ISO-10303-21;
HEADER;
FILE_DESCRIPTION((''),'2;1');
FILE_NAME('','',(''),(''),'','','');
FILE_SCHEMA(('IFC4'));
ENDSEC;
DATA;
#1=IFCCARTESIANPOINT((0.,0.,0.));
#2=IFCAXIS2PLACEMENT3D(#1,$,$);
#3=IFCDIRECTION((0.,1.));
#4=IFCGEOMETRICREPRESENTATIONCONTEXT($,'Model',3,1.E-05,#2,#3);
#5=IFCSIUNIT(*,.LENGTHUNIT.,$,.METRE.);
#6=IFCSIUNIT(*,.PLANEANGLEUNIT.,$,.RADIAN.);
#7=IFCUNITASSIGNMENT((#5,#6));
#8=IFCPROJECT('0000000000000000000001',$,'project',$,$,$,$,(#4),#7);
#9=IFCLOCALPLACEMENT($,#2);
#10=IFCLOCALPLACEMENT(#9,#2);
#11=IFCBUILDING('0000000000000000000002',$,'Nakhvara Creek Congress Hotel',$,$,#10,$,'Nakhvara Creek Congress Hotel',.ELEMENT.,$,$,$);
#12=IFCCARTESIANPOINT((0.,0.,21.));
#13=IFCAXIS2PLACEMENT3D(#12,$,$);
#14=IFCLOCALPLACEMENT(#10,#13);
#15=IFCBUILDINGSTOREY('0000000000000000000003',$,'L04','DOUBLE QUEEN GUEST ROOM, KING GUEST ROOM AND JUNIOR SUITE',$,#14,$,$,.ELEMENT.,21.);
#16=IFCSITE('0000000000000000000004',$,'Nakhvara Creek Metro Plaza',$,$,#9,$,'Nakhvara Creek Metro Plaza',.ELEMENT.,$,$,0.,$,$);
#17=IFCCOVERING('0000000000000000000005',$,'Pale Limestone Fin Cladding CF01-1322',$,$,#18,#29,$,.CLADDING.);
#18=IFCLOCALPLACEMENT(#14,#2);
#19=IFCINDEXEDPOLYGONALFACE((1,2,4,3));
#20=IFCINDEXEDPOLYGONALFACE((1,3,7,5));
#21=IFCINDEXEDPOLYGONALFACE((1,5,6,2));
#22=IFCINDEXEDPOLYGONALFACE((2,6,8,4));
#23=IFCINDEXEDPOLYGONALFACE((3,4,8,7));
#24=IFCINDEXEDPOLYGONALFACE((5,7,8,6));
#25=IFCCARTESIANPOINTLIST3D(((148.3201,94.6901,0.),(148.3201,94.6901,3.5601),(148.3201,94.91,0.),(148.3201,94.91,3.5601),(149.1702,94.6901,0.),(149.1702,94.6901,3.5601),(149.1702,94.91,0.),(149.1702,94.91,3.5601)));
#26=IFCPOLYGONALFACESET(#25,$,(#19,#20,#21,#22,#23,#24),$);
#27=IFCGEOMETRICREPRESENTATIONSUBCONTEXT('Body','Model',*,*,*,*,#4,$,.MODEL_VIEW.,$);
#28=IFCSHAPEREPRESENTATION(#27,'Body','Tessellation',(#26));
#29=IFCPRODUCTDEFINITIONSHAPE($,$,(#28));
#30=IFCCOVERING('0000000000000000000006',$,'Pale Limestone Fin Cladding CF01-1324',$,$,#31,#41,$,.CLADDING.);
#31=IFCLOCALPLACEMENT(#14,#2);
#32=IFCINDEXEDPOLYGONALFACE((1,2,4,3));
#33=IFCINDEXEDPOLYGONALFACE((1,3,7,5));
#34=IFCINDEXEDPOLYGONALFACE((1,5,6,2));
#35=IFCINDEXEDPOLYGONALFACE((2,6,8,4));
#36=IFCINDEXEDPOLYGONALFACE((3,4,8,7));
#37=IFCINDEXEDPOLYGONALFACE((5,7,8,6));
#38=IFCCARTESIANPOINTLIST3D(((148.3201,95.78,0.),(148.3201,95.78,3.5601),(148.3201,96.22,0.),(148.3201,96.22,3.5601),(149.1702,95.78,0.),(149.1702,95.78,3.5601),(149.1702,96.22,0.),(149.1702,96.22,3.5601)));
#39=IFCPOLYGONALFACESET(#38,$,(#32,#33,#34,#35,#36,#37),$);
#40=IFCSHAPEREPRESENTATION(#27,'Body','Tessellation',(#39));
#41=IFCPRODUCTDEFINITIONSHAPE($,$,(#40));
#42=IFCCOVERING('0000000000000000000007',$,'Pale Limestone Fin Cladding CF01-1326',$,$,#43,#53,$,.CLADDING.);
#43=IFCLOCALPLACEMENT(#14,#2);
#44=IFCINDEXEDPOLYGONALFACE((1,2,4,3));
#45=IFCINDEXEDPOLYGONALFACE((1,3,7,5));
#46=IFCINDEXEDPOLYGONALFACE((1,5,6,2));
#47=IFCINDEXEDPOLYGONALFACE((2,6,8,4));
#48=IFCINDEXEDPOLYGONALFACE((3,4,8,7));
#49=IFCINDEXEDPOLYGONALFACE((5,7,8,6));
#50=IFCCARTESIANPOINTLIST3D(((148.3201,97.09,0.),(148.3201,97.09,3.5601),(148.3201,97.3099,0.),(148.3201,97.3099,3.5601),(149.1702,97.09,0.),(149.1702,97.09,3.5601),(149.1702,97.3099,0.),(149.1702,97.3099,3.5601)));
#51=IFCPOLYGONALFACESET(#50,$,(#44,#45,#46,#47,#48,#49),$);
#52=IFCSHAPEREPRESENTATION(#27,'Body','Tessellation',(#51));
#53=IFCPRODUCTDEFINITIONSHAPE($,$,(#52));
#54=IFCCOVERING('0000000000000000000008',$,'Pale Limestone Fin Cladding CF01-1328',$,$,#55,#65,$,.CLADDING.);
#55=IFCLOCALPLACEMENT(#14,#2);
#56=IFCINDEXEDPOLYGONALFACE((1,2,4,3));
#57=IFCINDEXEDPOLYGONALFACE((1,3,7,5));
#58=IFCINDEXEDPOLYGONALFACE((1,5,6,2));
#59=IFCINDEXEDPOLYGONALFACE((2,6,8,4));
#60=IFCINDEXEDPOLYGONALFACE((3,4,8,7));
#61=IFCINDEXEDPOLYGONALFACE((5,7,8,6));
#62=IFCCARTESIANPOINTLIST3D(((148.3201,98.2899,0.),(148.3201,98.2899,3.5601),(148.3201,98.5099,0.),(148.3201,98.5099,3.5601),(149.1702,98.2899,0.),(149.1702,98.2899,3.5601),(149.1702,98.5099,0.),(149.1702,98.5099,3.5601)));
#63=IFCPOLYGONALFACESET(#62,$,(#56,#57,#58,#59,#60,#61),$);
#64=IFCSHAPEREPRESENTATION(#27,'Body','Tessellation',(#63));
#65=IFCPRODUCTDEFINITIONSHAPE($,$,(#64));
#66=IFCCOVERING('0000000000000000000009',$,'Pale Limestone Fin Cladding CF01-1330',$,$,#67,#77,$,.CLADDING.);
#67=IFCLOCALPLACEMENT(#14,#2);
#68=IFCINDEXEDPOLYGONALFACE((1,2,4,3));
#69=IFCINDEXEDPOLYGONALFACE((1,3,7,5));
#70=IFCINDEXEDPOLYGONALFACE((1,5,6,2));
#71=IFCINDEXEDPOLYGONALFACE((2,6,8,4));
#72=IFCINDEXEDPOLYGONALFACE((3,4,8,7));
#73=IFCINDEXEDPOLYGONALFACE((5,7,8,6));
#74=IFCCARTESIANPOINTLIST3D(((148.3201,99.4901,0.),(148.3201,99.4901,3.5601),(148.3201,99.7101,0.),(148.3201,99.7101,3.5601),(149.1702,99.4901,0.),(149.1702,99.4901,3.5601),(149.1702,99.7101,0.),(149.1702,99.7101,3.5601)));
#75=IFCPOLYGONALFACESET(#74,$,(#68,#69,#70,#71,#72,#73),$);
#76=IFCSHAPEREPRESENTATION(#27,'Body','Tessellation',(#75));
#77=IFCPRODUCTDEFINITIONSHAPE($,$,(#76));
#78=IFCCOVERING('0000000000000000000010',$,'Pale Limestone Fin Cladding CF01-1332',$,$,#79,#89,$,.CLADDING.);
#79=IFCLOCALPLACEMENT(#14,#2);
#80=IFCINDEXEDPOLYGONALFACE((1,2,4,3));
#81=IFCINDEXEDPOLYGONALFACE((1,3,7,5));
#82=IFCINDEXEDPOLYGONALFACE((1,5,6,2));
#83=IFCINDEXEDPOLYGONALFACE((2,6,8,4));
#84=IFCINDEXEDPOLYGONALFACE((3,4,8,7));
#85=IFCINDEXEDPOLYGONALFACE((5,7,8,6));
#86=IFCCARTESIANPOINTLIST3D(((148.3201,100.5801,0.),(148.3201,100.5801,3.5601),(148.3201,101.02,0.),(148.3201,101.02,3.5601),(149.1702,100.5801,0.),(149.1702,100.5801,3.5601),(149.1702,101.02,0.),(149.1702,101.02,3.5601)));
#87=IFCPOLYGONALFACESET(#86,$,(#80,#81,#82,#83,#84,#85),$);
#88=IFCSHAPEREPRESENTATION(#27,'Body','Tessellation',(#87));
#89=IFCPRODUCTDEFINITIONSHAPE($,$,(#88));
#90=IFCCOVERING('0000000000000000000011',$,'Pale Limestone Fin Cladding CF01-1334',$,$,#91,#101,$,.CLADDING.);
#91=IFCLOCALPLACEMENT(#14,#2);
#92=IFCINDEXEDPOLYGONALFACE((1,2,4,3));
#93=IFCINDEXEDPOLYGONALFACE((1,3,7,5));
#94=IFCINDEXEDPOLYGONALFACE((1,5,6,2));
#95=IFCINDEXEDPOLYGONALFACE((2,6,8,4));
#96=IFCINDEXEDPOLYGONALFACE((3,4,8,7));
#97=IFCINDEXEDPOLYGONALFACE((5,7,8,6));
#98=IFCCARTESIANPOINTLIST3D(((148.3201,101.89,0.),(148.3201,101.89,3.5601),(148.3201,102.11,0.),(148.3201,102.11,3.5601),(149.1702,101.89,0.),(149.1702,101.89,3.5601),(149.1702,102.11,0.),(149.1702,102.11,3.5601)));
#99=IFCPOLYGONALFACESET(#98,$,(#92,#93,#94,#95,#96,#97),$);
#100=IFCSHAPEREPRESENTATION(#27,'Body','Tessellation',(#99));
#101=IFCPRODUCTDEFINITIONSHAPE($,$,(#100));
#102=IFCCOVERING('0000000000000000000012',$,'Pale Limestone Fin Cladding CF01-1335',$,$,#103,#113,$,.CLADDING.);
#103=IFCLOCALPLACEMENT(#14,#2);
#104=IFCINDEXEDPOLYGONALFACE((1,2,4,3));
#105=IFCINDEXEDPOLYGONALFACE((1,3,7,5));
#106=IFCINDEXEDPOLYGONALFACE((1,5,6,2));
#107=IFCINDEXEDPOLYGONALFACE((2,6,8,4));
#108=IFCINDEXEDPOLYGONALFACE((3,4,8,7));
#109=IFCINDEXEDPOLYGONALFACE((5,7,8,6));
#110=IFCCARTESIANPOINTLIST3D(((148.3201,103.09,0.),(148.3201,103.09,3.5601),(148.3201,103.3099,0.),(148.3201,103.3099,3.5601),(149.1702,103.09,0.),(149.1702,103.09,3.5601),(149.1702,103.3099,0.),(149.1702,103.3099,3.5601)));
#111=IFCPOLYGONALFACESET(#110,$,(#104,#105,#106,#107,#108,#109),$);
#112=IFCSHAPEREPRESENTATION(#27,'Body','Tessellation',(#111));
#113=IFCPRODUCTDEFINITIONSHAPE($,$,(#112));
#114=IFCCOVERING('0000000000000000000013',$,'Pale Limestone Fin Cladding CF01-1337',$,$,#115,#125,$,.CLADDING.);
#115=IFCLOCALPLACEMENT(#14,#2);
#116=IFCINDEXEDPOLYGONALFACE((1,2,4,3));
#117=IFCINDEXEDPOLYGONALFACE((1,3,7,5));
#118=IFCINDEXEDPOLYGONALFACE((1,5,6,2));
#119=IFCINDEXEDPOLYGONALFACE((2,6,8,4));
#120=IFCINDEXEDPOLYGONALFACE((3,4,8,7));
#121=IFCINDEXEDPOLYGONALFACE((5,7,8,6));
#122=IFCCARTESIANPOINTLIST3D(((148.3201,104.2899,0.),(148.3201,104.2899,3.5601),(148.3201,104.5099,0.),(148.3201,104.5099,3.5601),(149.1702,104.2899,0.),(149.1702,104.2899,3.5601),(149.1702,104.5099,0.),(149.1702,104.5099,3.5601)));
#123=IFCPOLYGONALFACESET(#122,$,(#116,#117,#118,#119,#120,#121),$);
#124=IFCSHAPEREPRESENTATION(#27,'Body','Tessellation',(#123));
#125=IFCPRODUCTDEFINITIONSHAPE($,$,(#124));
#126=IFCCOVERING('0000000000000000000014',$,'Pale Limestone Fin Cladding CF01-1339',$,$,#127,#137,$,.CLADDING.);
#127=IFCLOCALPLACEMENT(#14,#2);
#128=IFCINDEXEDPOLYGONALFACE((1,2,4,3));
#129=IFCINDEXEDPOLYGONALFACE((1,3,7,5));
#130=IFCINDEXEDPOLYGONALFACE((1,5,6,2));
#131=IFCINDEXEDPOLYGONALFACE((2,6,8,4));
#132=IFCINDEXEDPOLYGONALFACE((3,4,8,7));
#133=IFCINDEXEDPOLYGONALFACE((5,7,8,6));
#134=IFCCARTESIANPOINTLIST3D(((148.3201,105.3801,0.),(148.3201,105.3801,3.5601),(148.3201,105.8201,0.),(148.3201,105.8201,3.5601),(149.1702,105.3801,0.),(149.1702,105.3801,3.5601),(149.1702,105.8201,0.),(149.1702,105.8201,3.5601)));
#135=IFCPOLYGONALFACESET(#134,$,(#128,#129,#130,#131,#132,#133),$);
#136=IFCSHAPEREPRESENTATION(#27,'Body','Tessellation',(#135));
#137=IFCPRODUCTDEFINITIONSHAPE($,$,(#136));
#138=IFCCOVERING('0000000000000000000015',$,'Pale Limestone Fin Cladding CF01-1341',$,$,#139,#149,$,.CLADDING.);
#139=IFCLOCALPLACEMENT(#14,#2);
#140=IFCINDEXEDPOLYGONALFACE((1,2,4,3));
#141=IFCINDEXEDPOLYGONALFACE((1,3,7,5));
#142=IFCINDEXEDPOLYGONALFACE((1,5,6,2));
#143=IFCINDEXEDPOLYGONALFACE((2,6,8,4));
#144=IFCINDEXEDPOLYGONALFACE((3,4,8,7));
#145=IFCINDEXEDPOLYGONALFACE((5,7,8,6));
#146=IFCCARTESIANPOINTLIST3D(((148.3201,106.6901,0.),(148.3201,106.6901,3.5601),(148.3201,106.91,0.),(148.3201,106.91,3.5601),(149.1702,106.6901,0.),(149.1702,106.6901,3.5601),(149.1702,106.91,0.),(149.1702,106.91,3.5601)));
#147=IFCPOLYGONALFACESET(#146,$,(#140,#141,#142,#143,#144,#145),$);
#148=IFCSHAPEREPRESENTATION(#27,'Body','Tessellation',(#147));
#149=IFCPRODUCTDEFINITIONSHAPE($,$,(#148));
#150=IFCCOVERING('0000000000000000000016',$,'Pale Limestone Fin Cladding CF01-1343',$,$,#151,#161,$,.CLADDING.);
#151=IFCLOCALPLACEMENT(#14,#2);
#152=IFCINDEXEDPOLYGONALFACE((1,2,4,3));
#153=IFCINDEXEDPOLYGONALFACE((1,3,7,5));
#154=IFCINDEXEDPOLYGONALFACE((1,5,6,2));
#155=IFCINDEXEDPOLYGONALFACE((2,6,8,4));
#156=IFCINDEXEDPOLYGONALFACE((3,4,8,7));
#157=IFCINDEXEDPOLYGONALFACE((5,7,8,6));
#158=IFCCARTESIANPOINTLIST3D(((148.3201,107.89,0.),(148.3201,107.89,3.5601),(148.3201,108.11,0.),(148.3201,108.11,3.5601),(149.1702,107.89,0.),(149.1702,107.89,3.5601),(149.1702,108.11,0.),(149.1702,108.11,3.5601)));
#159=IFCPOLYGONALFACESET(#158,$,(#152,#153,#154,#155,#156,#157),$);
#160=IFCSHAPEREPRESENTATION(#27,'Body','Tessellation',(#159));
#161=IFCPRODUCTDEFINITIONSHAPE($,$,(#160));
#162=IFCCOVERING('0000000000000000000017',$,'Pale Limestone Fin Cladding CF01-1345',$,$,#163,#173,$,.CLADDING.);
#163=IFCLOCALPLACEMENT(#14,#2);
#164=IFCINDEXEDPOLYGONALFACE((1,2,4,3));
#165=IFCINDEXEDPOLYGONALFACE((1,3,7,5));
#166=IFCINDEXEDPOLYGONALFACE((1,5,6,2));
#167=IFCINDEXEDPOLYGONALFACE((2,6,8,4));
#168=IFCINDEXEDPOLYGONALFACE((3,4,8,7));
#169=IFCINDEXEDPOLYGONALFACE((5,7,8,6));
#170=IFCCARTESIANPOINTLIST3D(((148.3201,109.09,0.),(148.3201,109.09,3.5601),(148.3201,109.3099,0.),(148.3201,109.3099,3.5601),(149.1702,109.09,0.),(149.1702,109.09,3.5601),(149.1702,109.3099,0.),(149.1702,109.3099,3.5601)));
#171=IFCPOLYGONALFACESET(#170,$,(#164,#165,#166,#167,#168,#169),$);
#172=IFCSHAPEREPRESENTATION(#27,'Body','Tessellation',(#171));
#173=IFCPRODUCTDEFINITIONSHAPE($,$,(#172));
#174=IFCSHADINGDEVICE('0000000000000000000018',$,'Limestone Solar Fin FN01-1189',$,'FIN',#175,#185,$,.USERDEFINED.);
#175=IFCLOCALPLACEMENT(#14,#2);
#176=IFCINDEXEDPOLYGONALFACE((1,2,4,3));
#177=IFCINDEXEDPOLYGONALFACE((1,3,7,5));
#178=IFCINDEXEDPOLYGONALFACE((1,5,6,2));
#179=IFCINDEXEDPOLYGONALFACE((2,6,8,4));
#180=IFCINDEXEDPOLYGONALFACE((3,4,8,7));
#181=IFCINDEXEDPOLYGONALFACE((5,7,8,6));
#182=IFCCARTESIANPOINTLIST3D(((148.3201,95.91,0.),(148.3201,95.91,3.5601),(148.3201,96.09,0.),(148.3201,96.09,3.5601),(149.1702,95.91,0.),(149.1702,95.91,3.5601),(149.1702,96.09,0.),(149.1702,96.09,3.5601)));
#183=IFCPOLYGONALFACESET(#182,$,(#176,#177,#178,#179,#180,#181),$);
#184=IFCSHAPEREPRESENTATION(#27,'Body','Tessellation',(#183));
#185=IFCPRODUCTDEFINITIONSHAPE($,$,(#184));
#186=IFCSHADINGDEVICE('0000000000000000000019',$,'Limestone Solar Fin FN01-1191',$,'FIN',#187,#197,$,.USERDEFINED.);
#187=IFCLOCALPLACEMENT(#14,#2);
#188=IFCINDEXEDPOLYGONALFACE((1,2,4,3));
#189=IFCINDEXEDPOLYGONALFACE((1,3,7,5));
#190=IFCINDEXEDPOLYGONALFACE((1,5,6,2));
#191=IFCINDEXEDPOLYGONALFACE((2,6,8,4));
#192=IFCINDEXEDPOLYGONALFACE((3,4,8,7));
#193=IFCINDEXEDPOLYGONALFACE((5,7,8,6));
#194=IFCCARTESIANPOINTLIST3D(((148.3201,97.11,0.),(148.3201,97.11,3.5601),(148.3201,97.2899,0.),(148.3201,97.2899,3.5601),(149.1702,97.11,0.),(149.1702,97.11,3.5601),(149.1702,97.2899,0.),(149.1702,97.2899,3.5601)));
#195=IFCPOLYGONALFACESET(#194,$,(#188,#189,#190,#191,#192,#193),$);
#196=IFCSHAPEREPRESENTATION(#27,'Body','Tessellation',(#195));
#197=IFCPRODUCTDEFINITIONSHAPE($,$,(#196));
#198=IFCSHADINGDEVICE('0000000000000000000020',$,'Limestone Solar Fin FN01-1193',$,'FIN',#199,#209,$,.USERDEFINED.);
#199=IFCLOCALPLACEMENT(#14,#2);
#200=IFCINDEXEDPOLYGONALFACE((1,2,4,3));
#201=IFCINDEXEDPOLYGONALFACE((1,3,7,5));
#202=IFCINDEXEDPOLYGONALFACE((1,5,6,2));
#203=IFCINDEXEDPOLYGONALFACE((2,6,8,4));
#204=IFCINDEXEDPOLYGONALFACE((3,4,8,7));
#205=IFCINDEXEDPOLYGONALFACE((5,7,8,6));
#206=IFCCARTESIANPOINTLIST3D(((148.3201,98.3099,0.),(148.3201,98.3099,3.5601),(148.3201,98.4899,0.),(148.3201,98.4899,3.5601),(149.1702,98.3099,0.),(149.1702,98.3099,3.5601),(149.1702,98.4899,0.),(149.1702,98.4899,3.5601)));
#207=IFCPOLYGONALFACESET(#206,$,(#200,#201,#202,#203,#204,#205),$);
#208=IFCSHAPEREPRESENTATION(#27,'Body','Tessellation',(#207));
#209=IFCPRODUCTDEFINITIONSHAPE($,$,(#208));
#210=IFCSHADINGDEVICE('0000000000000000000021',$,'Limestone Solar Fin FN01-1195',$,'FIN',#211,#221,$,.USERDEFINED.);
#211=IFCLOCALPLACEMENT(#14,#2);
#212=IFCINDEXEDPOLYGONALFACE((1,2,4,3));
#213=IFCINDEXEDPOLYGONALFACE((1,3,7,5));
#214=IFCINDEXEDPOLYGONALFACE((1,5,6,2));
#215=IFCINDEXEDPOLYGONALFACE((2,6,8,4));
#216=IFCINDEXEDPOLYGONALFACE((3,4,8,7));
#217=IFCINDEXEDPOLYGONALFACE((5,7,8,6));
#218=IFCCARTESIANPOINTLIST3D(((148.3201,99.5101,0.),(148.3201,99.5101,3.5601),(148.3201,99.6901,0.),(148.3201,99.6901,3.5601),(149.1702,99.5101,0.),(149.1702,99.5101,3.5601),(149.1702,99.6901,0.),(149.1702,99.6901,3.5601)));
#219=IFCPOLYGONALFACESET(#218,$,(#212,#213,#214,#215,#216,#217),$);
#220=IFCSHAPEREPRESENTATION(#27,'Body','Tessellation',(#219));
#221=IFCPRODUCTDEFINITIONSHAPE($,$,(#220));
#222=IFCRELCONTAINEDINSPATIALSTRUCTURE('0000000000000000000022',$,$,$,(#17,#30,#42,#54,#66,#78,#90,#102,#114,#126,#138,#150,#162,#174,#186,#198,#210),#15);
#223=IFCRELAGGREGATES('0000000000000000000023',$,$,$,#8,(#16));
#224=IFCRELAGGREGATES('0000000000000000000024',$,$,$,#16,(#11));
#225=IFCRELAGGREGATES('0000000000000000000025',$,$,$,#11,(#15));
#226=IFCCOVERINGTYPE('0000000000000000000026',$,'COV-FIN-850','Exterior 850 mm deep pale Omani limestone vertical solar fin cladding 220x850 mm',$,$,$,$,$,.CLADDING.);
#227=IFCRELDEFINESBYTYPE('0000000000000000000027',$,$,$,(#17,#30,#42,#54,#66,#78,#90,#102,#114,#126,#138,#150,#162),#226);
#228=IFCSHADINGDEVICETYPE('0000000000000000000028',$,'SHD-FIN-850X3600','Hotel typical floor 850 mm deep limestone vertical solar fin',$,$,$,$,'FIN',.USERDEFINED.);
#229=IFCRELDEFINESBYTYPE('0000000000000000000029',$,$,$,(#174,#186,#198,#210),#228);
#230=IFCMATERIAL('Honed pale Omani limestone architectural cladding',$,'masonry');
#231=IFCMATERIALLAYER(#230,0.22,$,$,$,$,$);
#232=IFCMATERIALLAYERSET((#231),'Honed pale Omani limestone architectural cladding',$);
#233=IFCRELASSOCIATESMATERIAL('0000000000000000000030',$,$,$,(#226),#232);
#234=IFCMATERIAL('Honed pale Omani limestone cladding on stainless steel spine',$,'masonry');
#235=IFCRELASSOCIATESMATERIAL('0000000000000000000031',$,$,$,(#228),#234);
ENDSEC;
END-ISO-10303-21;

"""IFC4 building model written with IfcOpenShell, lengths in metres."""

from ifc_helpers import new_model, si_unit, direction, frame, origin, origin_2d, place, context, subcontext, project, spatial, rectangle, extrude, material, layer, layer_set, type_object, element, save


model = new_model("IFC4")

# Units and contexts
model_context = context("Model", 3, precision=1e-05, world=origin(), true_north=direction((0.0, 1.0)))
body_context = subcontext(model_context, "Body", "Model", "MODEL_VIEW")
ifc_project = project(units=[si_unit("LENGTHUNIT", "METRE"), si_unit("PLANEANGLEUNIT", "RADIAN")], contexts=[model_context])

# Site, building, storey
site_placement = place(None, origin())
site = spatial("IfcSite", under=ifc_project, at=site_placement, Name="Nakhvara Creek Metro Plaza", LongName="Nakhvara Creek Metro Plaza", CompositionType="ELEMENT", RefElevation=0.0)
building_placement = place(site_placement, origin())
building = spatial("IfcBuilding", under=site, at=building_placement, Name="Nakhvara Creek Congress Hotel", LongName="Nakhvara Creek Congress Hotel", CompositionType="ELEMENT")
storey_placement = place(building_placement, frame((0.0, 0.0, 21.0)))
storey = spatial("IfcBuildingStorey", under=building, at=storey_placement, Name="L04", Description="DOUBLE QUEEN GUEST ROOM, KING GUEST ROOM AND JUNIOR SUITE", CompositionType="ELEMENT", Elevation=21.0)

# Coverings
ifc_material_1 = material(Name="Honed pale Omani limestone architectural cladding", Category="masonry")
ifc_layer = layer(ifc_material_1, 0.22)
ifc_layer_set = layer_set([ifc_layer], Name="Honed pale Omani limestone architectural cladding")
covering_type = type_object("IfcCoveringType", Name="COV-FIN-850", Description="Exterior 850 mm deep pale Omani limestone vertical solar fin cladding 220x850 mm", PredefinedType="CLADDING", material=ifc_layer_set)
covering_1_placement = place(storey_placement, frame((148.7451, 94.8, 0.0), z_axis=(0.0, 0.0, 1.0), x_axis=(0.0, 1.0, 0.0)))
element("IfcCovering", 1, at=covering_1_placement, inside=storey, type_object=covering_type, Name="Pale Limestone Fin Cladding CF01-1322", PredefinedType="CLADDING", context=body_context, shape_type="SweptSolid", body=[
    extrude(rectangle(XDim=0.22, YDim=0.8501, at=origin_2d()), origin(), (0.0, 0.0, 1.0), 3.5601),
])
covering_2_placement = place(storey_placement, frame((148.7451, 96.0, 0.0), z_axis=(0.0, 0.0, 1.0), x_axis=(0.0, 1.0, 0.0)))
element("IfcCovering", 2, at=covering_2_placement, inside=storey, type_object=covering_type, Name="Pale Limestone Fin Cladding CF01-1324", PredefinedType="CLADDING", context=body_context, shape_type="SweptSolid", body=[
    extrude(rectangle(XDim=0.4399, YDim=0.8501, at=origin_2d()), origin(), (0.0, 0.0, 1.0), 3.5601),
])
for number, where, z_axis, x_axis, name in (
    (3, (148.7451, 97.2, 0.0), (0.0, 0.0, 1.0), (0.0, 1.0, 0.0), "Pale Limestone Fin Cladding CF01-1326"),
    (4, (148.7451, 98.3999, 0.0), (0.0, 0.0, 1.0), (0.0, 1.0, 0.0), "Pale Limestone Fin Cladding CF01-1328"),
    (5, (148.7451, 99.6001, 0.0), (0.0, 0.0, 1.0), (0.0, 1.0, 0.0), "Pale Limestone Fin Cladding CF01-1330"),
):
    element("IfcCovering", number, at=place(storey_placement, frame(where, z_axis=z_axis, x_axis=x_axis)), inside=storey, type_object=covering_type, Name=name, PredefinedType="CLADDING", context=body_context, shape_type="SweptSolid", body=[
        extrude(rectangle(XDim=0.22, YDim=0.8501, at=origin_2d()), origin(), (0.0, 0.0, 1.0), 3.5601),
    ])
covering_3_placement = place(storey_placement, frame((148.7451, 100.8, 0.0), z_axis=(0.0, 0.0, 1.0), x_axis=(0.0, 1.0, 0.0)))
element("IfcCovering", 6, at=covering_3_placement, inside=storey, type_object=covering_type, Name="Pale Limestone Fin Cladding CF01-1332", PredefinedType="CLADDING", context=body_context, shape_type="SweptSolid", body=[
    extrude(rectangle(XDim=0.4399, YDim=0.8501, at=origin_2d()), origin(), (0.0, 0.0, 1.0), 3.5601),
])
for number, where, z_axis, x_axis, name in (
    (7, (148.7451, 102.0, 0.0), (0.0, 0.0, 1.0), (0.0, 1.0, 0.0), "Pale Limestone Fin Cladding CF01-1334"),
    (8, (148.7451, 103.2, 0.0), (0.0, 0.0, 1.0), (0.0, 1.0, 0.0), "Pale Limestone Fin Cladding CF01-1335"),
    (9, (148.7451, 104.3999, 0.0), (0.0, 0.0, 1.0), (0.0, 1.0, 0.0), "Pale Limestone Fin Cladding CF01-1337"),
):
    element("IfcCovering", number, at=place(storey_placement, frame(where, z_axis=z_axis, x_axis=x_axis)), inside=storey, type_object=covering_type, Name=name, PredefinedType="CLADDING", context=body_context, shape_type="SweptSolid", body=[
        extrude(rectangle(XDim=0.22, YDim=0.8501, at=origin_2d()), origin(), (0.0, 0.0, 1.0), 3.5601),
    ])
covering_4_placement = place(storey_placement, frame((148.7451, 105.6001, 0.0), z_axis=(0.0, 0.0, 1.0), x_axis=(0.0, 1.0, 0.0)))
element("IfcCovering", 10, at=covering_4_placement, inside=storey, type_object=covering_type, Name="Pale Limestone Fin Cladding CF01-1339", PredefinedType="CLADDING", context=body_context, shape_type="SweptSolid", body=[
    extrude(rectangle(XDim=0.4399, YDim=0.8501, at=origin_2d()), origin(), (0.0, 0.0, 1.0), 3.5601),
])
for number, where, z_axis, x_axis, name in (
    (11, (148.7451, 106.8, 0.0), (0.0, 0.0, 1.0), (0.0, 1.0, 0.0), "Pale Limestone Fin Cladding CF01-1341"),
    (12, (148.7451, 108.0, 0.0), (0.0, 0.0, 1.0), (0.0, 1.0, 0.0), "Pale Limestone Fin Cladding CF01-1343"),
    (13, (148.7451, 109.2, 0.0), (0.0, 0.0, 1.0), (0.0, 1.0, 0.0), "Pale Limestone Fin Cladding CF01-1345"),
):
    element("IfcCovering", number, at=place(storey_placement, frame(where, z_axis=z_axis, x_axis=x_axis)), inside=storey, type_object=covering_type, Name=name, PredefinedType="CLADDING", context=body_context, shape_type="SweptSolid", body=[
        extrude(rectangle(XDim=0.22, YDim=0.8501, at=origin_2d()), origin(), (0.0, 0.0, 1.0), 3.5601),
    ])

# Shading devices
ifc_material_2 = material(Name="Honed pale Omani limestone cladding on stainless steel spine", Category="masonry")
shading_device_type = type_object("IfcShadingDeviceType", Name="SHD-FIN-850X3600", Description="Hotel typical floor 850 mm deep limestone vertical solar fin", ElementType="FIN", PredefinedType="USERDEFINED", material=ifc_material_2)
for number, where, z_axis, x_axis, name in (
    (14, (148.7451, 96.0, 0.0), (0.0, 0.0, 1.0), (0.0, 1.0, 0.0), "Limestone Solar Fin FN01-1189"),
    (15, (148.7451, 97.2, 0.0), (0.0, 0.0, 1.0), (0.0, 1.0, 0.0), "Limestone Solar Fin FN01-1191"),
    (16, (148.7451, 98.3999, 0.0), (0.0, 0.0, 1.0), (0.0, 1.0, 0.0), "Limestone Solar Fin FN01-1193"),
    (17, (148.7451, 99.6001, 0.0), (0.0, 0.0, 1.0), (0.0, 1.0, 0.0), "Limestone Solar Fin FN01-1195"),
):
    element("IfcShadingDevice", number, at=place(storey_placement, frame(where, z_axis=z_axis, x_axis=x_axis)), inside=storey, type_object=shading_device_type, Name=name, ObjectType="FIN", PredefinedType="USERDEFINED", context=body_context, shape_type="SweptSolid", body=[
        extrude(rectangle(XDim=0.1799, YDim=0.8501, at=origin_2d()), origin(), (0.0, 0.0, 1.0), 3.5601),
    ])

save(model, "model.ifc")
